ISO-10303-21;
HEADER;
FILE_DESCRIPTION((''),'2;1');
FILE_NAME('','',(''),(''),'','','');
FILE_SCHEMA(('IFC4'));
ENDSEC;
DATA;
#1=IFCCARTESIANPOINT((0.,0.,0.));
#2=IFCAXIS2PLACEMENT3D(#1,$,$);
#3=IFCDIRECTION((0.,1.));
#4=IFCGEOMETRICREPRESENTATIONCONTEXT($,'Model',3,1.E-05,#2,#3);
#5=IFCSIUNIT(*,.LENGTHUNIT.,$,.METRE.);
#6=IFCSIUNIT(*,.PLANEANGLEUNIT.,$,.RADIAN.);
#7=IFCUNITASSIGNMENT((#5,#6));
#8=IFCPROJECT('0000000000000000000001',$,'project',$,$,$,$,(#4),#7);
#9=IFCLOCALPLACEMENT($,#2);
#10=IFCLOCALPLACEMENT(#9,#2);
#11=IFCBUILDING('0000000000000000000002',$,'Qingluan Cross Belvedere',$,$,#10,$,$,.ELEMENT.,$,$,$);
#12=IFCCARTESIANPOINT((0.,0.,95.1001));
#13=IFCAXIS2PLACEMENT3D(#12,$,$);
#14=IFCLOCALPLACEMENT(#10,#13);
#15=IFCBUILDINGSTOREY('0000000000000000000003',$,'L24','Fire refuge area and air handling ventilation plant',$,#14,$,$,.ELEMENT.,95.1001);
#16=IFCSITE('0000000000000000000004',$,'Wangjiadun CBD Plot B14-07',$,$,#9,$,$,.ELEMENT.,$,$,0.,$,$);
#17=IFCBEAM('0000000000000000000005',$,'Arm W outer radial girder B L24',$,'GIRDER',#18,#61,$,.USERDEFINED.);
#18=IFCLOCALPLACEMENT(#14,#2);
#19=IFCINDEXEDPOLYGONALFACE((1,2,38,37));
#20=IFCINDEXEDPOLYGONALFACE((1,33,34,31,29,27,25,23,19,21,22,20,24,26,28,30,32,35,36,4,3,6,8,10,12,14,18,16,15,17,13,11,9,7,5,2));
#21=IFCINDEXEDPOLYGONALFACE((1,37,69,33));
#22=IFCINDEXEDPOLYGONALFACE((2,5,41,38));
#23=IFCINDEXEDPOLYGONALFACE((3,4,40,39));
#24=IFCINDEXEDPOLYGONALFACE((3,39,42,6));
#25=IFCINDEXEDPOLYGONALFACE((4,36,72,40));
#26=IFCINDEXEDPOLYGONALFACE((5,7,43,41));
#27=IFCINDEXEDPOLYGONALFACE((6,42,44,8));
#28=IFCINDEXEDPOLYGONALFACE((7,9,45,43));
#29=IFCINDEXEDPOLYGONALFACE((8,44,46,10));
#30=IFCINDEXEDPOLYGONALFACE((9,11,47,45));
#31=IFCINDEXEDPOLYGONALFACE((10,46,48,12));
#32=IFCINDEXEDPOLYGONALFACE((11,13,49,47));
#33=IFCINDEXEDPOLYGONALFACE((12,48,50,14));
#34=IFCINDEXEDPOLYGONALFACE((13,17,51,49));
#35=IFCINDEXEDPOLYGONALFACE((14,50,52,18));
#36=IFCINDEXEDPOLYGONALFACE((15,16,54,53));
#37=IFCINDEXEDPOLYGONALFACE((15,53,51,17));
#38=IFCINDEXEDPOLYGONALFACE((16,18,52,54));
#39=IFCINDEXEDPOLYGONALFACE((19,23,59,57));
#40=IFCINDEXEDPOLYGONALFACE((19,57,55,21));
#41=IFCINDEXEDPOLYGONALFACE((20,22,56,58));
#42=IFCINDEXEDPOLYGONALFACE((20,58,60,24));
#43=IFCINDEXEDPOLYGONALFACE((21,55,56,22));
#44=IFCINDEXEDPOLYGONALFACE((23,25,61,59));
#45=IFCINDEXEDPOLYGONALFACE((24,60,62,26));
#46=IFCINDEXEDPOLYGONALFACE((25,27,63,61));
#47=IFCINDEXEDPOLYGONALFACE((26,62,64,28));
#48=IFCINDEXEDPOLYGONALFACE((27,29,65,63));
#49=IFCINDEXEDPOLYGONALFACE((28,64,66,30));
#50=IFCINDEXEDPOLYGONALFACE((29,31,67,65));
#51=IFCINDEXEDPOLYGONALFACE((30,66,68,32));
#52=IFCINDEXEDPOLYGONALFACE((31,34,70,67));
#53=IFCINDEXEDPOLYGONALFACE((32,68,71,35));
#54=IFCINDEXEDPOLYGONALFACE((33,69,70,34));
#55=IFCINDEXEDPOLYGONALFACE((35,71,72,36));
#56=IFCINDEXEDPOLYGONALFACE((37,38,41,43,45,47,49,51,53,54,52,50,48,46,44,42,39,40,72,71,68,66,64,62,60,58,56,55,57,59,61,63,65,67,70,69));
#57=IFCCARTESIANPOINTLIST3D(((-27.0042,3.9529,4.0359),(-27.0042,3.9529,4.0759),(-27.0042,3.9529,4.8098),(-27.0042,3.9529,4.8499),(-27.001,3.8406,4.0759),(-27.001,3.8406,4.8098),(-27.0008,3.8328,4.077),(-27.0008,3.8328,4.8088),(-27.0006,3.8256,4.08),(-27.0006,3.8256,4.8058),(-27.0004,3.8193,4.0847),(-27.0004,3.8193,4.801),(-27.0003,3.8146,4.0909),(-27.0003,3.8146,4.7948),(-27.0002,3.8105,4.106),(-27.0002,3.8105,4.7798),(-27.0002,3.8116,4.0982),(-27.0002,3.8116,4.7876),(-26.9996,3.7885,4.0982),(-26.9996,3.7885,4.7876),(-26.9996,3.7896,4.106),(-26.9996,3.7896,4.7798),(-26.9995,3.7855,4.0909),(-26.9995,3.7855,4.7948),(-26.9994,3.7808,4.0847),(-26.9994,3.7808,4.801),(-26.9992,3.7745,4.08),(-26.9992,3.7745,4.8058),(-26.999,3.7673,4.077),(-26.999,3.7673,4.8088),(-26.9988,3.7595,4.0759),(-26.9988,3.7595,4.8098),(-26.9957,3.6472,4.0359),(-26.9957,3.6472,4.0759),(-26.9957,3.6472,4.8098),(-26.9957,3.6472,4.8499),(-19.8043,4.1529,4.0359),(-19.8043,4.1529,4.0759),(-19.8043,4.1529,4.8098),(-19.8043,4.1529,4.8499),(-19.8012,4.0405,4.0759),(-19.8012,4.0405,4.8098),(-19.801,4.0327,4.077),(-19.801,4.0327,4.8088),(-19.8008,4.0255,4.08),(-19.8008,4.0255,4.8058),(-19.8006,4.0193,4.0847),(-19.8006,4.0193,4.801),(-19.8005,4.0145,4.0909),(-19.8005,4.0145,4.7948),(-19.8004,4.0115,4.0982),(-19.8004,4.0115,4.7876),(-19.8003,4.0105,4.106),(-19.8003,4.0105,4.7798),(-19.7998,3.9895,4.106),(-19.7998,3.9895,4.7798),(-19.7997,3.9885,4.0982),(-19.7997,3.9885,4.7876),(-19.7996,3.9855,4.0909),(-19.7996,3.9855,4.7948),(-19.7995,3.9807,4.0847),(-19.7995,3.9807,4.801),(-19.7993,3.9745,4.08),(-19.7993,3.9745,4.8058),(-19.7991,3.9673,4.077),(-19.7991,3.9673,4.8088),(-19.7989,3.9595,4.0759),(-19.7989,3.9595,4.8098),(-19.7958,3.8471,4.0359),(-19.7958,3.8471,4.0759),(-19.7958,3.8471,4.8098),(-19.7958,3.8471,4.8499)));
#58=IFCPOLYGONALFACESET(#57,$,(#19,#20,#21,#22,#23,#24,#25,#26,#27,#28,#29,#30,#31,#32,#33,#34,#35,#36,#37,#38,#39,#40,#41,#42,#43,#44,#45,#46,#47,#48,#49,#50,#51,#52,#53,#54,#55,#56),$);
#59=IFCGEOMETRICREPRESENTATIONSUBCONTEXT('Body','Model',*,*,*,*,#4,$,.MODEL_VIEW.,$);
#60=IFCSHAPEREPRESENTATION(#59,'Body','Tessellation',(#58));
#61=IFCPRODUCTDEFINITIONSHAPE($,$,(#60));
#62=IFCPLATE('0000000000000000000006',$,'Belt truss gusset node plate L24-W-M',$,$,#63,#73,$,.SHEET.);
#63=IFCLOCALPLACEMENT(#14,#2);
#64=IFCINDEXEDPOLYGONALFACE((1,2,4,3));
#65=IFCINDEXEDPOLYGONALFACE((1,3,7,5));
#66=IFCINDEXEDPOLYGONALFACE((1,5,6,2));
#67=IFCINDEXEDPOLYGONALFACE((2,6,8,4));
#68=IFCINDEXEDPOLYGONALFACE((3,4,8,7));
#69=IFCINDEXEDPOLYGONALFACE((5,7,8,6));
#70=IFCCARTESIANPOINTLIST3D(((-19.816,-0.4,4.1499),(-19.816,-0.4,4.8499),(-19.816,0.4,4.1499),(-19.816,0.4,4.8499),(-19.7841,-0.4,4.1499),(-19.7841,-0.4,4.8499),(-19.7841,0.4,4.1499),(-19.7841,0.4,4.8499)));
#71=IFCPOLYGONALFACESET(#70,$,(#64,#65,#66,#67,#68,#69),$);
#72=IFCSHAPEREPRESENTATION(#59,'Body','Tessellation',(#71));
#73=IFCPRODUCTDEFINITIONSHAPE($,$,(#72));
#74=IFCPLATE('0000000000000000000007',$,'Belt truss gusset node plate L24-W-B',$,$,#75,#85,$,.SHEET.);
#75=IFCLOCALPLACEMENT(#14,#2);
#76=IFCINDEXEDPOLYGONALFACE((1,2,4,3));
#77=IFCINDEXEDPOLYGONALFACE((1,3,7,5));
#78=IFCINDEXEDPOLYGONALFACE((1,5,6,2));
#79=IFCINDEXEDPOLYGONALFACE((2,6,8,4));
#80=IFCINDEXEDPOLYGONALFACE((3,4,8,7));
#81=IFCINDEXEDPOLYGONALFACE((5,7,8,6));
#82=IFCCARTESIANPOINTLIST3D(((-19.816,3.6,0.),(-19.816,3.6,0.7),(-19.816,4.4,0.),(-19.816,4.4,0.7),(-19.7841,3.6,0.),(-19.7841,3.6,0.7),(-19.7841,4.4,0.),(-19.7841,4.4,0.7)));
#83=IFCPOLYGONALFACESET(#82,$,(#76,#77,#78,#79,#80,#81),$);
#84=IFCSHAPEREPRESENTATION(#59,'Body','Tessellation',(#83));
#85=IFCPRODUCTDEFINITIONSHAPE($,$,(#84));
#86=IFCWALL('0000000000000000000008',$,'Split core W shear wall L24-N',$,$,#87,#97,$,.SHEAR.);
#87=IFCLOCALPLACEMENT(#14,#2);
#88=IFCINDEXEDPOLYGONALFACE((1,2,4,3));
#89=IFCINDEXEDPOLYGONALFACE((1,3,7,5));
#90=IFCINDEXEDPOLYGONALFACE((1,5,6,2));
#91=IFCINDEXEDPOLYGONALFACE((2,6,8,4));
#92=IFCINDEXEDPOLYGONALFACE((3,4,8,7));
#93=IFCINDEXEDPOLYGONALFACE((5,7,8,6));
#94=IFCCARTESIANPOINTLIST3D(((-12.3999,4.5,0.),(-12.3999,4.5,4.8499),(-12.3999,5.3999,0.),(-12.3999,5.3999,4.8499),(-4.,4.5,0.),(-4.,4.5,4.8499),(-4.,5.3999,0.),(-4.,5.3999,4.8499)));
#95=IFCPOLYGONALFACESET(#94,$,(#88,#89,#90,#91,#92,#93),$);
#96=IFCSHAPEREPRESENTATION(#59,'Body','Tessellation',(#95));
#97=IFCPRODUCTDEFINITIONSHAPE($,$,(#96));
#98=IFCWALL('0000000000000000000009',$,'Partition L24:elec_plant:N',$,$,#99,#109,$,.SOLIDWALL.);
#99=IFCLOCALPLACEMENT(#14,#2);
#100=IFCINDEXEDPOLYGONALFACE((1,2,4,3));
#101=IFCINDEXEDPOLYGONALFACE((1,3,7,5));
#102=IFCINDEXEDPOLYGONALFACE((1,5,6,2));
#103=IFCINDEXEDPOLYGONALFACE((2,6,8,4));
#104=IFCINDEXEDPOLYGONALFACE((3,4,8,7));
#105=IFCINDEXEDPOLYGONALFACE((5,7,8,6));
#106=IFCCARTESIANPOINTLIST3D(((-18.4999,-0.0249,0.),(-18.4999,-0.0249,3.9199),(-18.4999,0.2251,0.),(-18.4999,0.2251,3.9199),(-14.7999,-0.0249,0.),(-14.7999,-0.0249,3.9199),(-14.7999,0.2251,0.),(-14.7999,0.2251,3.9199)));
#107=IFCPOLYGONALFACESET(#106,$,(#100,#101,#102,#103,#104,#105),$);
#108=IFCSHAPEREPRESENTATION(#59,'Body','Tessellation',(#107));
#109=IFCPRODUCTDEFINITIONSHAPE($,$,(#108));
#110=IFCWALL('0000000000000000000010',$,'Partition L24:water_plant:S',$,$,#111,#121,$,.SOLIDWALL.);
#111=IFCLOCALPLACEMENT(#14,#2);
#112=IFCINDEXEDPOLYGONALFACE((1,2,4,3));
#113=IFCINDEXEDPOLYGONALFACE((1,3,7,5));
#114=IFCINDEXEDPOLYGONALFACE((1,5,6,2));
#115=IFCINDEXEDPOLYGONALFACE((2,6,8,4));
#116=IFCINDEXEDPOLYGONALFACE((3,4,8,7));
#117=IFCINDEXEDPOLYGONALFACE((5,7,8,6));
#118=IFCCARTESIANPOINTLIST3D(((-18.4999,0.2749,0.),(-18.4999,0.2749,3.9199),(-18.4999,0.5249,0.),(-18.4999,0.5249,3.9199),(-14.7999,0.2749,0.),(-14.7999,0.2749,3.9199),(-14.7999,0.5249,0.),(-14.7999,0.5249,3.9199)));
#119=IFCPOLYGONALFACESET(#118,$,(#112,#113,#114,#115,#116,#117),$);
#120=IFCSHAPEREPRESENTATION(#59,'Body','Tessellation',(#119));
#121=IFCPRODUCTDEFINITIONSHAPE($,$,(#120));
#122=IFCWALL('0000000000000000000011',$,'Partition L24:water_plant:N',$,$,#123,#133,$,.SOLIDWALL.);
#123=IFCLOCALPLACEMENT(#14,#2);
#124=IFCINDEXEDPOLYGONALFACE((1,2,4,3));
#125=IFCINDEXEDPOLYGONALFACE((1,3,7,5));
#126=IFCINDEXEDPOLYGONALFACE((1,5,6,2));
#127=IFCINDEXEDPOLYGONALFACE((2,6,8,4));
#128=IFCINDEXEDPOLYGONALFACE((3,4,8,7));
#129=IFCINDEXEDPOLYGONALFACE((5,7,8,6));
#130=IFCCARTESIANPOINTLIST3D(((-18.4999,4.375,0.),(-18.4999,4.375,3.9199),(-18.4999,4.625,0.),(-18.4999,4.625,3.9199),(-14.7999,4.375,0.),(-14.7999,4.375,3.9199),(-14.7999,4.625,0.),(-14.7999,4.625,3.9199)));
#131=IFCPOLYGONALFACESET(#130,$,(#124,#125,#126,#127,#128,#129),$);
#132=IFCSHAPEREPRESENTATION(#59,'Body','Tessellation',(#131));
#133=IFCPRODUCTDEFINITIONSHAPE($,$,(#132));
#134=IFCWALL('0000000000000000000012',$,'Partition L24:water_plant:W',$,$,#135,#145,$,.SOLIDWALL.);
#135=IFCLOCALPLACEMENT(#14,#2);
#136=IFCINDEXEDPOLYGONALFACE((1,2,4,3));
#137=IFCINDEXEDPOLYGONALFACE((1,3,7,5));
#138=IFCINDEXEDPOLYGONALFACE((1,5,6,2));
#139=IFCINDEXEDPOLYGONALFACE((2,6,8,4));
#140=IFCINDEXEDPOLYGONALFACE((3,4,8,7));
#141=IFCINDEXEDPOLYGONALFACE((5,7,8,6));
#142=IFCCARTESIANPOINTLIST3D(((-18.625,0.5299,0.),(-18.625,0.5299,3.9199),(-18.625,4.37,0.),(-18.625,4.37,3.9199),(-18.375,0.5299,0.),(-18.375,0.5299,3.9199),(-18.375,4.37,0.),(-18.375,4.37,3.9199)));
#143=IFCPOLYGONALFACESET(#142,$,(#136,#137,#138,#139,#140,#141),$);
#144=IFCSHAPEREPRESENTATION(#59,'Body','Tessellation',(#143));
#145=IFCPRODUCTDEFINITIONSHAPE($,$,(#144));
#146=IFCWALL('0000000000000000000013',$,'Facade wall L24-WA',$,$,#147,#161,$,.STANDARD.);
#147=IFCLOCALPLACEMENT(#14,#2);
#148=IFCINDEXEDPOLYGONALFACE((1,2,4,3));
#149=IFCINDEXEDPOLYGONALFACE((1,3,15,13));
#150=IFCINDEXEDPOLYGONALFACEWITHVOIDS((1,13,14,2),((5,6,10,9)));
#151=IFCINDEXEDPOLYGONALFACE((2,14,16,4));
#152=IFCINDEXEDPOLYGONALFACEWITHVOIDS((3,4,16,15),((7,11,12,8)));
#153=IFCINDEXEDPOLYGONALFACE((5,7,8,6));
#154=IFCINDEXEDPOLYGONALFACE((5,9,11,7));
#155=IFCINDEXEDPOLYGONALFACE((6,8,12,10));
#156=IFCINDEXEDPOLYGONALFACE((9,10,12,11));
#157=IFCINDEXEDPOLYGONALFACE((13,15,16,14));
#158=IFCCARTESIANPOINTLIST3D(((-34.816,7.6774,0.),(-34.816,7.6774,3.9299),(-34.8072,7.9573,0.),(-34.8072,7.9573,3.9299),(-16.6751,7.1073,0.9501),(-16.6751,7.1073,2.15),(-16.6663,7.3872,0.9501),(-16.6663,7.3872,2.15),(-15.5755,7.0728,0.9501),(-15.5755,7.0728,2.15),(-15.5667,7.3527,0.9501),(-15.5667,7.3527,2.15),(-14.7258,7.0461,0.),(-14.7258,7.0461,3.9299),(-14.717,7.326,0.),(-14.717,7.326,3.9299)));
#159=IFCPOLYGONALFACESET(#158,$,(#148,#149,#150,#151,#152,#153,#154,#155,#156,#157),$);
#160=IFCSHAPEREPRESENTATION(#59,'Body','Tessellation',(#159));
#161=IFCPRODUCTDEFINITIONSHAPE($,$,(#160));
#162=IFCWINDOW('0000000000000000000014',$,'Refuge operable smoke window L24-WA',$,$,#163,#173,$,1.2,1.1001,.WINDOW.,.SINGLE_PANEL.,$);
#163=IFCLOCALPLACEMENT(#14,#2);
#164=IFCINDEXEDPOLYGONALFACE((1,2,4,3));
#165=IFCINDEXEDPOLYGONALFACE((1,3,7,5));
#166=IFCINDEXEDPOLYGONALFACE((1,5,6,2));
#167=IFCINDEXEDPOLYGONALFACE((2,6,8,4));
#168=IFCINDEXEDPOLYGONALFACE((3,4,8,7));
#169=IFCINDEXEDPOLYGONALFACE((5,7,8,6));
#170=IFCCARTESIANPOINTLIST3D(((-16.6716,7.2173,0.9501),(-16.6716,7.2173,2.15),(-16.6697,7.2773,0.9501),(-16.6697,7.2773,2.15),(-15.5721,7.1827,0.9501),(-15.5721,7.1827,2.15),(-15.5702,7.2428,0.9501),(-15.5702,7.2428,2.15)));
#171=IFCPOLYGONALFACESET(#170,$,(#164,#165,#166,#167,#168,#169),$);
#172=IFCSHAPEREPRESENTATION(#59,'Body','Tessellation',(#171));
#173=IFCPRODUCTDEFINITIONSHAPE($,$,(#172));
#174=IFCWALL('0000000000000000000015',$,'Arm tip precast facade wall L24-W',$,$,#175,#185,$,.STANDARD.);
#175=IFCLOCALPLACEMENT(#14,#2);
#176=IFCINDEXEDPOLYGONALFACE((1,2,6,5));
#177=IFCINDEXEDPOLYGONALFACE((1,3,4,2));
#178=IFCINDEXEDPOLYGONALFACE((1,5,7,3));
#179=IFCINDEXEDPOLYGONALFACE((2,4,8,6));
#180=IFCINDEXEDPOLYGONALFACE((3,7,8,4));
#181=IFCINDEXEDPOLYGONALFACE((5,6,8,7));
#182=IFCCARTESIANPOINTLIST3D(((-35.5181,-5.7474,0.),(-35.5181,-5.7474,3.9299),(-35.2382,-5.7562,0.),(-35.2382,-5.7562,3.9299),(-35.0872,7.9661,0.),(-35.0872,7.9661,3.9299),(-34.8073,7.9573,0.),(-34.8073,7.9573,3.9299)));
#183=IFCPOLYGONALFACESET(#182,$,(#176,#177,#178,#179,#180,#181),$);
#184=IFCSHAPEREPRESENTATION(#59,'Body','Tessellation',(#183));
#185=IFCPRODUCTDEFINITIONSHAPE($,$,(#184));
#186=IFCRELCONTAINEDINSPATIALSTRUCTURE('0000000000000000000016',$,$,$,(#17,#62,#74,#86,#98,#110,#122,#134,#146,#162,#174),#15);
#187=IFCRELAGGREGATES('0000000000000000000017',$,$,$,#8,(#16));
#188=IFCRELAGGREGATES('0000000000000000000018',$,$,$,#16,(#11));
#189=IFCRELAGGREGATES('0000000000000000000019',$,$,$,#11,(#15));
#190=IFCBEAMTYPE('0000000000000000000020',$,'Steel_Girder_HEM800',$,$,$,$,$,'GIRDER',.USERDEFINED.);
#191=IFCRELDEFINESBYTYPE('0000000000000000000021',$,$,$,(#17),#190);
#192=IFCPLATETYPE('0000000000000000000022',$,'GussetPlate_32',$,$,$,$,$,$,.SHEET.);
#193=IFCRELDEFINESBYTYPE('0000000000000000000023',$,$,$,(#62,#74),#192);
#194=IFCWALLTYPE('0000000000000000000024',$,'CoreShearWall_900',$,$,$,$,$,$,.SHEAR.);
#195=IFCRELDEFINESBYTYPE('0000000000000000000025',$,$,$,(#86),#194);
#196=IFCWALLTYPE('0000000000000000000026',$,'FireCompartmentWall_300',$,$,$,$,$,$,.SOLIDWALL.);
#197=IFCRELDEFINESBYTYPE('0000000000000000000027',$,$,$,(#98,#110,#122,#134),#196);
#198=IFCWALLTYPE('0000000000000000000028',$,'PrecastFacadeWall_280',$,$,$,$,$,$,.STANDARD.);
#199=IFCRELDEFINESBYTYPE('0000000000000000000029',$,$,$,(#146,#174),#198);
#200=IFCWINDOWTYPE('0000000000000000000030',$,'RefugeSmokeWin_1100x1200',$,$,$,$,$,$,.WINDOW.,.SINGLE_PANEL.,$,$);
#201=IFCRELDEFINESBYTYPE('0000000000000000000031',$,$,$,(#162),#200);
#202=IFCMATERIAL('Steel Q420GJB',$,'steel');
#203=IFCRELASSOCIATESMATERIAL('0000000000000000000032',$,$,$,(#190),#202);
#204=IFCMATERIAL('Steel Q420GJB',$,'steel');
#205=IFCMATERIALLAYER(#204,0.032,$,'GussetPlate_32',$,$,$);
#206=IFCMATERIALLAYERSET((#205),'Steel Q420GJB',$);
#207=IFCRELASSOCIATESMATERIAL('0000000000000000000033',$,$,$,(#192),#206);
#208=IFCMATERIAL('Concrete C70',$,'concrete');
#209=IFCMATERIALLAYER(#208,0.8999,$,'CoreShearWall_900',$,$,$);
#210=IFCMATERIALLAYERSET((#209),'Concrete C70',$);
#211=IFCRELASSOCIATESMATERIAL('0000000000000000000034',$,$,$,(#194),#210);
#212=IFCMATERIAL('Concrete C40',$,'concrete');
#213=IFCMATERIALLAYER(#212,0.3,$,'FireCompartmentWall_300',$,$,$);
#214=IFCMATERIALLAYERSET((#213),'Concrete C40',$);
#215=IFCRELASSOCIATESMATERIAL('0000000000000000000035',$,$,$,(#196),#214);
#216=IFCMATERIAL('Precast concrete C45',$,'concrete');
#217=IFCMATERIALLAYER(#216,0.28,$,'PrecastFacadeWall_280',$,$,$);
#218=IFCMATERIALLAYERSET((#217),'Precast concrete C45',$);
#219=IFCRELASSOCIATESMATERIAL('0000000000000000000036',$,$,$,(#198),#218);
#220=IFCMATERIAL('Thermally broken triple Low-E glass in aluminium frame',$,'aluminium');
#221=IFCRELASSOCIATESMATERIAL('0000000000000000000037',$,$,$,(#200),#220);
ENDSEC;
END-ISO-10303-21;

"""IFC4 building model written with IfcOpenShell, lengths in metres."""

from ifc_helpers import new_model, si_unit, direction, frame, frame_2d, origin, origin_2d, place, context, subcontext, project, spatial, rectangle, i_section, extrude, material, layer, layer_set, material_profile, profile_set, type_object, element, fill, save


model = new_model("IFC4")

# Units and contexts
model_context = context("Model", 3, precision=1e-05, world=origin(), true_north=direction((0.0, 1.0)))
body_context = subcontext(model_context, "Body", "Model", "MODEL_VIEW")
ifc_project = project(units=[si_unit("LENGTHUNIT", "METRE"), si_unit("PLANEANGLEUNIT", "RADIAN")], contexts=[model_context])

# Site, building, storey
site_placement = place(None, origin())
site = spatial("IfcSite", under=ifc_project, at=site_placement, Name="Wangjiadun CBD Plot B14-07", CompositionType="ELEMENT", RefElevation=0.0)
building_placement = place(site_placement, origin())
building = spatial("IfcBuilding", under=site, at=building_placement, Name="Qingluan Cross Belvedere", CompositionType="ELEMENT")
storey_placement = place(building_placement, frame((0.0, 0.0, 95.1001)))
storey = spatial("IfcBuildingStorey", under=building, at=storey_placement, Name="L24", Description="Fire refuge area and air handling ventilation plant", CompositionType="ELEMENT", Elevation=95.1001)

# Beam
ifc_material_1 = material(Name="Steel Q420GJB", Category="steel")
ifc_material_profile_1 = material_profile(ifc_material_1, i_section(OverallWidth=0.3059, OverallDepth=0.814, WebThickness=0.021, FlangeThickness=0.04, FilletRadius=0.03, at=origin_2d()), Name="HEM800")
ifc_profile_set_1 = profile_set([ifc_material_profile_1], Name="Steel Q420GJB")
beam_type = type_object("IfcBeamType", Name="Steel_Girder_HEM800", ElementType="GIRDER", PredefinedType="USERDEFINED", material=ifc_profile_set_1)
beam_1_placement = place(storey_placement, frame((-19.8, 4.0, 4.4429), z_axis=(-0.999615, -0.02776, 0.0), x_axis=(0.02776, -0.999615, 0.0)))
element("IfcBeam", 1, at=beam_1_placement, inside=storey, type_object=beam_type, Name="Arm W outer radial girder B L24", ObjectType="GIRDER", PredefinedType="USERDEFINED", context=body_context, shape_type="SweptSolid", body=[
    extrude(i_section(OverallWidth=0.3059, OverallDepth=0.814, WebThickness=0.021, FlangeThickness=0.04, FilletRadius=0.03, at=origin_2d()), origin(), (0.0, 0.0, 1.0), 7.2026),
])

# Plates
ifc_material_2 = material(Name="Steel Q420GJB", Category="steel")
ifc_layer_1 = layer(ifc_material_2, 0.032, Name="GussetPlate_32")
ifc_layer_set_1 = layer_set([ifc_layer_1], Name="Steel Q420GJB")
plate_type = type_object("IfcPlateType", Name="GussetPlate_32", PredefinedType="SHEET", material=ifc_layer_set_1)
for number, where, z_axis, x_axis, name in (
    (2, (-19.8, 0.0, 4.1499), (0.0, 0.0, 1.0), (0.0, 1.0, 0.0), "Belt truss gusset node plate L24-W-M"),
    (3, (-19.8, 4.0, 0.0), (0.0, 0.0, 1.0), (0.0, 1.0, 0.0), "Belt truss gusset node plate L24-W-B"),
):
    element("IfcPlate", number, at=place(storey_placement, frame(where, z_axis=z_axis, x_axis=x_axis)), inside=storey, type_object=plate_type, Name=name, PredefinedType="SHEET", context=body_context, shape_type="SweptSolid", body=[
        extrude(rectangle(XDim=0.8, YDim=0.032, at=origin_2d()), origin(), (0.0, 0.0, 1.0), 0.7),
    ])

# Walls
ifc_material_3 = material(Name="Concrete C70", Category="concrete")
ifc_layer_2 = layer(ifc_material_3, 0.8999, Name="CoreShearWall_900")
ifc_layer_set_2 = layer_set([ifc_layer_2], Name="Concrete C70")
wall_type_1 = type_object("IfcWallType", Name="CoreShearWall_900", PredefinedType="SHEAR", material=ifc_layer_set_2)
wall_1_placement = place(storey_placement, frame((-12.3999, 4.95, 0.0), z_axis=(0.0, 0.0, 1.0), x_axis=(1.0, 0.0, 0.0)))
element("IfcWall", 4, at=wall_1_placement, inside=storey, type_object=wall_type_1, Name="Split core W shear wall L24-N", PredefinedType="SHEAR", context=body_context, shape_type="SweptSolid", body=[
    extrude(rectangle(XDim=8.3999, YDim=0.8999, at=frame_2d((4.2, 0.0))), origin(), (0.0, 0.0, 1.0), 4.8499),
])
ifc_material_4 = material(Name="Concrete C40", Category="concrete")
ifc_layer_3 = layer(ifc_material_4, 0.3, Name="FireCompartmentWall_300")
ifc_layer_set_3 = layer_set([ifc_layer_3], Name="Concrete C40")
wall_type_2 = type_object("IfcWallType", Name="FireCompartmentWall_300", PredefinedType="SOLIDWALL", material=ifc_layer_set_3)
for number, where, z_axis, x_axis, name in (
    (5, (-18.5, 0.1001, 0.0), (0.0, 0.0, 1.0), (1.0, 0.0, 0.0), "Partition L24:elec_plant:N"),
    (6, (-18.5, 0.3999, 0.0), (0.0, 0.0, 1.0), (1.0, 0.0, 0.0), "Partition L24:water_plant:S"),
    (7, (-18.5, 4.5, 0.0), (0.0, 0.0, 1.0), (1.0, 0.0, 0.0), "Partition L24:water_plant:N"),
):
    element("IfcWall", number, at=place(storey_placement, frame(where, z_axis=z_axis, x_axis=x_axis)), inside=storey, type_object=wall_type_2, Name=name, PredefinedType="SOLIDWALL", context=body_context, shape_type="SweptSolid", body=[
        extrude(rectangle(XDim=3.7, YDim=0.25, at=frame_2d((1.8501, 0.0))), origin(), (0.0, 0.0, 1.0), 3.9199),
    ])
wall_2_placement = place(storey_placement, frame((-18.5, 0.53, 0.0), z_axis=(0.0, 0.0, 1.0), x_axis=(0.0, 1.0, 0.0)))
element("IfcWall", 8, at=wall_2_placement, inside=storey, type_object=wall_type_2, Name="Partition L24:water_plant:W", PredefinedType="SOLIDWALL", context=body_context, shape_type="SweptSolid", body=[
    extrude(rectangle(XDim=3.8401, YDim=0.25, at=frame_2d((1.9199, 0.0))), origin(), (0.0, 0.0, 1.0), 3.9199),
])

# Wall, opening, window
ifc_material_5 = material(Name="Precast concrete C45", Category="concrete")
ifc_layer_4 = layer(ifc_material_5, 0.28, Name="PrecastFacadeWall_280")
ifc_layer_set_4 = layer_set([ifc_layer_4], Name="Precast concrete C45")
wall_type_3 = type_object("IfcWallType", Name="PrecastFacadeWall_280", PredefinedType="STANDARD", material=ifc_layer_set_4)
wall_3_placement = place(storey_placement, frame((-14.7214, 7.186, 0.0), z_axis=(0.0, 0.0, 1.0), x_axis=(-0.999507, 0.03141, 0.0)))
wall_3 = element("IfcWall", 9, at=wall_3_placement, inside=storey, type_object=wall_type_3, Name="Facade wall L24-WA", PredefinedType="STANDARD", context=body_context, shape_type="SweptSolid", body=[
    extrude(rectangle(XDim=20.1001, YDim=0.28, at=frame_2d((10.05, 0.0))), origin(), (0.0, 0.0, 1.0), 3.9299),
])
opening_1_placement = place(wall_3_placement, frame((0.8501, 0.0, 0.95)))
opening_1 = element("IfcOpeningElement", 10, at=opening_1_placement, cuts=wall_3, PredefinedType="OPENING", context=body_context, shape_type="SweptSolid", body=[
    extrude(rectangle(XDim=1.1001, YDim=1.2, at=frame_2d((0.55, 0.6001))), frame((0.0, 0.1499, 0.0), z_axis=(0.0, -1.0, 0.0), x_axis=(1.0, 0.0, 0.0)), (0.0, 0.0, 1.0), 0.3),
])
ifc_material_6 = material(Name="Thermally broken triple Low-E glass in aluminium frame", Category="aluminium")
window_type = type_object("IfcWindowType", Name="RefugeSmokeWin_1100x1200", PartitioningType="SINGLE_PANEL", PredefinedType="WINDOW", material=ifc_material_6)
window_placement = place(opening_1_placement, origin())
window = element("IfcWindow", 11, at=window_placement, inside=storey, type_object=window_type, Name="Refuge operable smoke window L24-WA", OverallHeight=1.2, OverallWidth=1.1001, PartitioningType="SINGLE_PANEL", PredefinedType="WINDOW", context=body_context, shape_type="SweptSolid", body=[
    extrude(rectangle(XDim=1.1001, YDim=1.2, at=frame_2d((0.55, 0.6001))), frame((0.0, 0.03, 0.0), z_axis=(0.0, -1.0, 0.0), x_axis=(1.0, 0.0, 0.0)), (0.0, 0.0, 1.0), 0.0601),
])
fill(opening_1, window)

# Wall
wall_4_placement = place(storey_placement, frame((-34.9473, 7.9617, 0.0), z_axis=(0.0, 0.0, 1.0), x_axis=(-0.031407, -0.999507, 0.0)))
element("IfcWall", 12, at=wall_4_placement, inside=storey, type_object=wall_type_3, Name="Arm tip precast facade wall L24-W", PredefinedType="STANDARD", context=body_context, shape_type="SweptSolid", body=[
    extrude(rectangle(XDim=13.7202, YDim=0.28, at=frame_2d((6.8601, 0.0))), origin(), (0.0, 0.0, 1.0), 3.9299),
])

save(model, "model.ifc")
